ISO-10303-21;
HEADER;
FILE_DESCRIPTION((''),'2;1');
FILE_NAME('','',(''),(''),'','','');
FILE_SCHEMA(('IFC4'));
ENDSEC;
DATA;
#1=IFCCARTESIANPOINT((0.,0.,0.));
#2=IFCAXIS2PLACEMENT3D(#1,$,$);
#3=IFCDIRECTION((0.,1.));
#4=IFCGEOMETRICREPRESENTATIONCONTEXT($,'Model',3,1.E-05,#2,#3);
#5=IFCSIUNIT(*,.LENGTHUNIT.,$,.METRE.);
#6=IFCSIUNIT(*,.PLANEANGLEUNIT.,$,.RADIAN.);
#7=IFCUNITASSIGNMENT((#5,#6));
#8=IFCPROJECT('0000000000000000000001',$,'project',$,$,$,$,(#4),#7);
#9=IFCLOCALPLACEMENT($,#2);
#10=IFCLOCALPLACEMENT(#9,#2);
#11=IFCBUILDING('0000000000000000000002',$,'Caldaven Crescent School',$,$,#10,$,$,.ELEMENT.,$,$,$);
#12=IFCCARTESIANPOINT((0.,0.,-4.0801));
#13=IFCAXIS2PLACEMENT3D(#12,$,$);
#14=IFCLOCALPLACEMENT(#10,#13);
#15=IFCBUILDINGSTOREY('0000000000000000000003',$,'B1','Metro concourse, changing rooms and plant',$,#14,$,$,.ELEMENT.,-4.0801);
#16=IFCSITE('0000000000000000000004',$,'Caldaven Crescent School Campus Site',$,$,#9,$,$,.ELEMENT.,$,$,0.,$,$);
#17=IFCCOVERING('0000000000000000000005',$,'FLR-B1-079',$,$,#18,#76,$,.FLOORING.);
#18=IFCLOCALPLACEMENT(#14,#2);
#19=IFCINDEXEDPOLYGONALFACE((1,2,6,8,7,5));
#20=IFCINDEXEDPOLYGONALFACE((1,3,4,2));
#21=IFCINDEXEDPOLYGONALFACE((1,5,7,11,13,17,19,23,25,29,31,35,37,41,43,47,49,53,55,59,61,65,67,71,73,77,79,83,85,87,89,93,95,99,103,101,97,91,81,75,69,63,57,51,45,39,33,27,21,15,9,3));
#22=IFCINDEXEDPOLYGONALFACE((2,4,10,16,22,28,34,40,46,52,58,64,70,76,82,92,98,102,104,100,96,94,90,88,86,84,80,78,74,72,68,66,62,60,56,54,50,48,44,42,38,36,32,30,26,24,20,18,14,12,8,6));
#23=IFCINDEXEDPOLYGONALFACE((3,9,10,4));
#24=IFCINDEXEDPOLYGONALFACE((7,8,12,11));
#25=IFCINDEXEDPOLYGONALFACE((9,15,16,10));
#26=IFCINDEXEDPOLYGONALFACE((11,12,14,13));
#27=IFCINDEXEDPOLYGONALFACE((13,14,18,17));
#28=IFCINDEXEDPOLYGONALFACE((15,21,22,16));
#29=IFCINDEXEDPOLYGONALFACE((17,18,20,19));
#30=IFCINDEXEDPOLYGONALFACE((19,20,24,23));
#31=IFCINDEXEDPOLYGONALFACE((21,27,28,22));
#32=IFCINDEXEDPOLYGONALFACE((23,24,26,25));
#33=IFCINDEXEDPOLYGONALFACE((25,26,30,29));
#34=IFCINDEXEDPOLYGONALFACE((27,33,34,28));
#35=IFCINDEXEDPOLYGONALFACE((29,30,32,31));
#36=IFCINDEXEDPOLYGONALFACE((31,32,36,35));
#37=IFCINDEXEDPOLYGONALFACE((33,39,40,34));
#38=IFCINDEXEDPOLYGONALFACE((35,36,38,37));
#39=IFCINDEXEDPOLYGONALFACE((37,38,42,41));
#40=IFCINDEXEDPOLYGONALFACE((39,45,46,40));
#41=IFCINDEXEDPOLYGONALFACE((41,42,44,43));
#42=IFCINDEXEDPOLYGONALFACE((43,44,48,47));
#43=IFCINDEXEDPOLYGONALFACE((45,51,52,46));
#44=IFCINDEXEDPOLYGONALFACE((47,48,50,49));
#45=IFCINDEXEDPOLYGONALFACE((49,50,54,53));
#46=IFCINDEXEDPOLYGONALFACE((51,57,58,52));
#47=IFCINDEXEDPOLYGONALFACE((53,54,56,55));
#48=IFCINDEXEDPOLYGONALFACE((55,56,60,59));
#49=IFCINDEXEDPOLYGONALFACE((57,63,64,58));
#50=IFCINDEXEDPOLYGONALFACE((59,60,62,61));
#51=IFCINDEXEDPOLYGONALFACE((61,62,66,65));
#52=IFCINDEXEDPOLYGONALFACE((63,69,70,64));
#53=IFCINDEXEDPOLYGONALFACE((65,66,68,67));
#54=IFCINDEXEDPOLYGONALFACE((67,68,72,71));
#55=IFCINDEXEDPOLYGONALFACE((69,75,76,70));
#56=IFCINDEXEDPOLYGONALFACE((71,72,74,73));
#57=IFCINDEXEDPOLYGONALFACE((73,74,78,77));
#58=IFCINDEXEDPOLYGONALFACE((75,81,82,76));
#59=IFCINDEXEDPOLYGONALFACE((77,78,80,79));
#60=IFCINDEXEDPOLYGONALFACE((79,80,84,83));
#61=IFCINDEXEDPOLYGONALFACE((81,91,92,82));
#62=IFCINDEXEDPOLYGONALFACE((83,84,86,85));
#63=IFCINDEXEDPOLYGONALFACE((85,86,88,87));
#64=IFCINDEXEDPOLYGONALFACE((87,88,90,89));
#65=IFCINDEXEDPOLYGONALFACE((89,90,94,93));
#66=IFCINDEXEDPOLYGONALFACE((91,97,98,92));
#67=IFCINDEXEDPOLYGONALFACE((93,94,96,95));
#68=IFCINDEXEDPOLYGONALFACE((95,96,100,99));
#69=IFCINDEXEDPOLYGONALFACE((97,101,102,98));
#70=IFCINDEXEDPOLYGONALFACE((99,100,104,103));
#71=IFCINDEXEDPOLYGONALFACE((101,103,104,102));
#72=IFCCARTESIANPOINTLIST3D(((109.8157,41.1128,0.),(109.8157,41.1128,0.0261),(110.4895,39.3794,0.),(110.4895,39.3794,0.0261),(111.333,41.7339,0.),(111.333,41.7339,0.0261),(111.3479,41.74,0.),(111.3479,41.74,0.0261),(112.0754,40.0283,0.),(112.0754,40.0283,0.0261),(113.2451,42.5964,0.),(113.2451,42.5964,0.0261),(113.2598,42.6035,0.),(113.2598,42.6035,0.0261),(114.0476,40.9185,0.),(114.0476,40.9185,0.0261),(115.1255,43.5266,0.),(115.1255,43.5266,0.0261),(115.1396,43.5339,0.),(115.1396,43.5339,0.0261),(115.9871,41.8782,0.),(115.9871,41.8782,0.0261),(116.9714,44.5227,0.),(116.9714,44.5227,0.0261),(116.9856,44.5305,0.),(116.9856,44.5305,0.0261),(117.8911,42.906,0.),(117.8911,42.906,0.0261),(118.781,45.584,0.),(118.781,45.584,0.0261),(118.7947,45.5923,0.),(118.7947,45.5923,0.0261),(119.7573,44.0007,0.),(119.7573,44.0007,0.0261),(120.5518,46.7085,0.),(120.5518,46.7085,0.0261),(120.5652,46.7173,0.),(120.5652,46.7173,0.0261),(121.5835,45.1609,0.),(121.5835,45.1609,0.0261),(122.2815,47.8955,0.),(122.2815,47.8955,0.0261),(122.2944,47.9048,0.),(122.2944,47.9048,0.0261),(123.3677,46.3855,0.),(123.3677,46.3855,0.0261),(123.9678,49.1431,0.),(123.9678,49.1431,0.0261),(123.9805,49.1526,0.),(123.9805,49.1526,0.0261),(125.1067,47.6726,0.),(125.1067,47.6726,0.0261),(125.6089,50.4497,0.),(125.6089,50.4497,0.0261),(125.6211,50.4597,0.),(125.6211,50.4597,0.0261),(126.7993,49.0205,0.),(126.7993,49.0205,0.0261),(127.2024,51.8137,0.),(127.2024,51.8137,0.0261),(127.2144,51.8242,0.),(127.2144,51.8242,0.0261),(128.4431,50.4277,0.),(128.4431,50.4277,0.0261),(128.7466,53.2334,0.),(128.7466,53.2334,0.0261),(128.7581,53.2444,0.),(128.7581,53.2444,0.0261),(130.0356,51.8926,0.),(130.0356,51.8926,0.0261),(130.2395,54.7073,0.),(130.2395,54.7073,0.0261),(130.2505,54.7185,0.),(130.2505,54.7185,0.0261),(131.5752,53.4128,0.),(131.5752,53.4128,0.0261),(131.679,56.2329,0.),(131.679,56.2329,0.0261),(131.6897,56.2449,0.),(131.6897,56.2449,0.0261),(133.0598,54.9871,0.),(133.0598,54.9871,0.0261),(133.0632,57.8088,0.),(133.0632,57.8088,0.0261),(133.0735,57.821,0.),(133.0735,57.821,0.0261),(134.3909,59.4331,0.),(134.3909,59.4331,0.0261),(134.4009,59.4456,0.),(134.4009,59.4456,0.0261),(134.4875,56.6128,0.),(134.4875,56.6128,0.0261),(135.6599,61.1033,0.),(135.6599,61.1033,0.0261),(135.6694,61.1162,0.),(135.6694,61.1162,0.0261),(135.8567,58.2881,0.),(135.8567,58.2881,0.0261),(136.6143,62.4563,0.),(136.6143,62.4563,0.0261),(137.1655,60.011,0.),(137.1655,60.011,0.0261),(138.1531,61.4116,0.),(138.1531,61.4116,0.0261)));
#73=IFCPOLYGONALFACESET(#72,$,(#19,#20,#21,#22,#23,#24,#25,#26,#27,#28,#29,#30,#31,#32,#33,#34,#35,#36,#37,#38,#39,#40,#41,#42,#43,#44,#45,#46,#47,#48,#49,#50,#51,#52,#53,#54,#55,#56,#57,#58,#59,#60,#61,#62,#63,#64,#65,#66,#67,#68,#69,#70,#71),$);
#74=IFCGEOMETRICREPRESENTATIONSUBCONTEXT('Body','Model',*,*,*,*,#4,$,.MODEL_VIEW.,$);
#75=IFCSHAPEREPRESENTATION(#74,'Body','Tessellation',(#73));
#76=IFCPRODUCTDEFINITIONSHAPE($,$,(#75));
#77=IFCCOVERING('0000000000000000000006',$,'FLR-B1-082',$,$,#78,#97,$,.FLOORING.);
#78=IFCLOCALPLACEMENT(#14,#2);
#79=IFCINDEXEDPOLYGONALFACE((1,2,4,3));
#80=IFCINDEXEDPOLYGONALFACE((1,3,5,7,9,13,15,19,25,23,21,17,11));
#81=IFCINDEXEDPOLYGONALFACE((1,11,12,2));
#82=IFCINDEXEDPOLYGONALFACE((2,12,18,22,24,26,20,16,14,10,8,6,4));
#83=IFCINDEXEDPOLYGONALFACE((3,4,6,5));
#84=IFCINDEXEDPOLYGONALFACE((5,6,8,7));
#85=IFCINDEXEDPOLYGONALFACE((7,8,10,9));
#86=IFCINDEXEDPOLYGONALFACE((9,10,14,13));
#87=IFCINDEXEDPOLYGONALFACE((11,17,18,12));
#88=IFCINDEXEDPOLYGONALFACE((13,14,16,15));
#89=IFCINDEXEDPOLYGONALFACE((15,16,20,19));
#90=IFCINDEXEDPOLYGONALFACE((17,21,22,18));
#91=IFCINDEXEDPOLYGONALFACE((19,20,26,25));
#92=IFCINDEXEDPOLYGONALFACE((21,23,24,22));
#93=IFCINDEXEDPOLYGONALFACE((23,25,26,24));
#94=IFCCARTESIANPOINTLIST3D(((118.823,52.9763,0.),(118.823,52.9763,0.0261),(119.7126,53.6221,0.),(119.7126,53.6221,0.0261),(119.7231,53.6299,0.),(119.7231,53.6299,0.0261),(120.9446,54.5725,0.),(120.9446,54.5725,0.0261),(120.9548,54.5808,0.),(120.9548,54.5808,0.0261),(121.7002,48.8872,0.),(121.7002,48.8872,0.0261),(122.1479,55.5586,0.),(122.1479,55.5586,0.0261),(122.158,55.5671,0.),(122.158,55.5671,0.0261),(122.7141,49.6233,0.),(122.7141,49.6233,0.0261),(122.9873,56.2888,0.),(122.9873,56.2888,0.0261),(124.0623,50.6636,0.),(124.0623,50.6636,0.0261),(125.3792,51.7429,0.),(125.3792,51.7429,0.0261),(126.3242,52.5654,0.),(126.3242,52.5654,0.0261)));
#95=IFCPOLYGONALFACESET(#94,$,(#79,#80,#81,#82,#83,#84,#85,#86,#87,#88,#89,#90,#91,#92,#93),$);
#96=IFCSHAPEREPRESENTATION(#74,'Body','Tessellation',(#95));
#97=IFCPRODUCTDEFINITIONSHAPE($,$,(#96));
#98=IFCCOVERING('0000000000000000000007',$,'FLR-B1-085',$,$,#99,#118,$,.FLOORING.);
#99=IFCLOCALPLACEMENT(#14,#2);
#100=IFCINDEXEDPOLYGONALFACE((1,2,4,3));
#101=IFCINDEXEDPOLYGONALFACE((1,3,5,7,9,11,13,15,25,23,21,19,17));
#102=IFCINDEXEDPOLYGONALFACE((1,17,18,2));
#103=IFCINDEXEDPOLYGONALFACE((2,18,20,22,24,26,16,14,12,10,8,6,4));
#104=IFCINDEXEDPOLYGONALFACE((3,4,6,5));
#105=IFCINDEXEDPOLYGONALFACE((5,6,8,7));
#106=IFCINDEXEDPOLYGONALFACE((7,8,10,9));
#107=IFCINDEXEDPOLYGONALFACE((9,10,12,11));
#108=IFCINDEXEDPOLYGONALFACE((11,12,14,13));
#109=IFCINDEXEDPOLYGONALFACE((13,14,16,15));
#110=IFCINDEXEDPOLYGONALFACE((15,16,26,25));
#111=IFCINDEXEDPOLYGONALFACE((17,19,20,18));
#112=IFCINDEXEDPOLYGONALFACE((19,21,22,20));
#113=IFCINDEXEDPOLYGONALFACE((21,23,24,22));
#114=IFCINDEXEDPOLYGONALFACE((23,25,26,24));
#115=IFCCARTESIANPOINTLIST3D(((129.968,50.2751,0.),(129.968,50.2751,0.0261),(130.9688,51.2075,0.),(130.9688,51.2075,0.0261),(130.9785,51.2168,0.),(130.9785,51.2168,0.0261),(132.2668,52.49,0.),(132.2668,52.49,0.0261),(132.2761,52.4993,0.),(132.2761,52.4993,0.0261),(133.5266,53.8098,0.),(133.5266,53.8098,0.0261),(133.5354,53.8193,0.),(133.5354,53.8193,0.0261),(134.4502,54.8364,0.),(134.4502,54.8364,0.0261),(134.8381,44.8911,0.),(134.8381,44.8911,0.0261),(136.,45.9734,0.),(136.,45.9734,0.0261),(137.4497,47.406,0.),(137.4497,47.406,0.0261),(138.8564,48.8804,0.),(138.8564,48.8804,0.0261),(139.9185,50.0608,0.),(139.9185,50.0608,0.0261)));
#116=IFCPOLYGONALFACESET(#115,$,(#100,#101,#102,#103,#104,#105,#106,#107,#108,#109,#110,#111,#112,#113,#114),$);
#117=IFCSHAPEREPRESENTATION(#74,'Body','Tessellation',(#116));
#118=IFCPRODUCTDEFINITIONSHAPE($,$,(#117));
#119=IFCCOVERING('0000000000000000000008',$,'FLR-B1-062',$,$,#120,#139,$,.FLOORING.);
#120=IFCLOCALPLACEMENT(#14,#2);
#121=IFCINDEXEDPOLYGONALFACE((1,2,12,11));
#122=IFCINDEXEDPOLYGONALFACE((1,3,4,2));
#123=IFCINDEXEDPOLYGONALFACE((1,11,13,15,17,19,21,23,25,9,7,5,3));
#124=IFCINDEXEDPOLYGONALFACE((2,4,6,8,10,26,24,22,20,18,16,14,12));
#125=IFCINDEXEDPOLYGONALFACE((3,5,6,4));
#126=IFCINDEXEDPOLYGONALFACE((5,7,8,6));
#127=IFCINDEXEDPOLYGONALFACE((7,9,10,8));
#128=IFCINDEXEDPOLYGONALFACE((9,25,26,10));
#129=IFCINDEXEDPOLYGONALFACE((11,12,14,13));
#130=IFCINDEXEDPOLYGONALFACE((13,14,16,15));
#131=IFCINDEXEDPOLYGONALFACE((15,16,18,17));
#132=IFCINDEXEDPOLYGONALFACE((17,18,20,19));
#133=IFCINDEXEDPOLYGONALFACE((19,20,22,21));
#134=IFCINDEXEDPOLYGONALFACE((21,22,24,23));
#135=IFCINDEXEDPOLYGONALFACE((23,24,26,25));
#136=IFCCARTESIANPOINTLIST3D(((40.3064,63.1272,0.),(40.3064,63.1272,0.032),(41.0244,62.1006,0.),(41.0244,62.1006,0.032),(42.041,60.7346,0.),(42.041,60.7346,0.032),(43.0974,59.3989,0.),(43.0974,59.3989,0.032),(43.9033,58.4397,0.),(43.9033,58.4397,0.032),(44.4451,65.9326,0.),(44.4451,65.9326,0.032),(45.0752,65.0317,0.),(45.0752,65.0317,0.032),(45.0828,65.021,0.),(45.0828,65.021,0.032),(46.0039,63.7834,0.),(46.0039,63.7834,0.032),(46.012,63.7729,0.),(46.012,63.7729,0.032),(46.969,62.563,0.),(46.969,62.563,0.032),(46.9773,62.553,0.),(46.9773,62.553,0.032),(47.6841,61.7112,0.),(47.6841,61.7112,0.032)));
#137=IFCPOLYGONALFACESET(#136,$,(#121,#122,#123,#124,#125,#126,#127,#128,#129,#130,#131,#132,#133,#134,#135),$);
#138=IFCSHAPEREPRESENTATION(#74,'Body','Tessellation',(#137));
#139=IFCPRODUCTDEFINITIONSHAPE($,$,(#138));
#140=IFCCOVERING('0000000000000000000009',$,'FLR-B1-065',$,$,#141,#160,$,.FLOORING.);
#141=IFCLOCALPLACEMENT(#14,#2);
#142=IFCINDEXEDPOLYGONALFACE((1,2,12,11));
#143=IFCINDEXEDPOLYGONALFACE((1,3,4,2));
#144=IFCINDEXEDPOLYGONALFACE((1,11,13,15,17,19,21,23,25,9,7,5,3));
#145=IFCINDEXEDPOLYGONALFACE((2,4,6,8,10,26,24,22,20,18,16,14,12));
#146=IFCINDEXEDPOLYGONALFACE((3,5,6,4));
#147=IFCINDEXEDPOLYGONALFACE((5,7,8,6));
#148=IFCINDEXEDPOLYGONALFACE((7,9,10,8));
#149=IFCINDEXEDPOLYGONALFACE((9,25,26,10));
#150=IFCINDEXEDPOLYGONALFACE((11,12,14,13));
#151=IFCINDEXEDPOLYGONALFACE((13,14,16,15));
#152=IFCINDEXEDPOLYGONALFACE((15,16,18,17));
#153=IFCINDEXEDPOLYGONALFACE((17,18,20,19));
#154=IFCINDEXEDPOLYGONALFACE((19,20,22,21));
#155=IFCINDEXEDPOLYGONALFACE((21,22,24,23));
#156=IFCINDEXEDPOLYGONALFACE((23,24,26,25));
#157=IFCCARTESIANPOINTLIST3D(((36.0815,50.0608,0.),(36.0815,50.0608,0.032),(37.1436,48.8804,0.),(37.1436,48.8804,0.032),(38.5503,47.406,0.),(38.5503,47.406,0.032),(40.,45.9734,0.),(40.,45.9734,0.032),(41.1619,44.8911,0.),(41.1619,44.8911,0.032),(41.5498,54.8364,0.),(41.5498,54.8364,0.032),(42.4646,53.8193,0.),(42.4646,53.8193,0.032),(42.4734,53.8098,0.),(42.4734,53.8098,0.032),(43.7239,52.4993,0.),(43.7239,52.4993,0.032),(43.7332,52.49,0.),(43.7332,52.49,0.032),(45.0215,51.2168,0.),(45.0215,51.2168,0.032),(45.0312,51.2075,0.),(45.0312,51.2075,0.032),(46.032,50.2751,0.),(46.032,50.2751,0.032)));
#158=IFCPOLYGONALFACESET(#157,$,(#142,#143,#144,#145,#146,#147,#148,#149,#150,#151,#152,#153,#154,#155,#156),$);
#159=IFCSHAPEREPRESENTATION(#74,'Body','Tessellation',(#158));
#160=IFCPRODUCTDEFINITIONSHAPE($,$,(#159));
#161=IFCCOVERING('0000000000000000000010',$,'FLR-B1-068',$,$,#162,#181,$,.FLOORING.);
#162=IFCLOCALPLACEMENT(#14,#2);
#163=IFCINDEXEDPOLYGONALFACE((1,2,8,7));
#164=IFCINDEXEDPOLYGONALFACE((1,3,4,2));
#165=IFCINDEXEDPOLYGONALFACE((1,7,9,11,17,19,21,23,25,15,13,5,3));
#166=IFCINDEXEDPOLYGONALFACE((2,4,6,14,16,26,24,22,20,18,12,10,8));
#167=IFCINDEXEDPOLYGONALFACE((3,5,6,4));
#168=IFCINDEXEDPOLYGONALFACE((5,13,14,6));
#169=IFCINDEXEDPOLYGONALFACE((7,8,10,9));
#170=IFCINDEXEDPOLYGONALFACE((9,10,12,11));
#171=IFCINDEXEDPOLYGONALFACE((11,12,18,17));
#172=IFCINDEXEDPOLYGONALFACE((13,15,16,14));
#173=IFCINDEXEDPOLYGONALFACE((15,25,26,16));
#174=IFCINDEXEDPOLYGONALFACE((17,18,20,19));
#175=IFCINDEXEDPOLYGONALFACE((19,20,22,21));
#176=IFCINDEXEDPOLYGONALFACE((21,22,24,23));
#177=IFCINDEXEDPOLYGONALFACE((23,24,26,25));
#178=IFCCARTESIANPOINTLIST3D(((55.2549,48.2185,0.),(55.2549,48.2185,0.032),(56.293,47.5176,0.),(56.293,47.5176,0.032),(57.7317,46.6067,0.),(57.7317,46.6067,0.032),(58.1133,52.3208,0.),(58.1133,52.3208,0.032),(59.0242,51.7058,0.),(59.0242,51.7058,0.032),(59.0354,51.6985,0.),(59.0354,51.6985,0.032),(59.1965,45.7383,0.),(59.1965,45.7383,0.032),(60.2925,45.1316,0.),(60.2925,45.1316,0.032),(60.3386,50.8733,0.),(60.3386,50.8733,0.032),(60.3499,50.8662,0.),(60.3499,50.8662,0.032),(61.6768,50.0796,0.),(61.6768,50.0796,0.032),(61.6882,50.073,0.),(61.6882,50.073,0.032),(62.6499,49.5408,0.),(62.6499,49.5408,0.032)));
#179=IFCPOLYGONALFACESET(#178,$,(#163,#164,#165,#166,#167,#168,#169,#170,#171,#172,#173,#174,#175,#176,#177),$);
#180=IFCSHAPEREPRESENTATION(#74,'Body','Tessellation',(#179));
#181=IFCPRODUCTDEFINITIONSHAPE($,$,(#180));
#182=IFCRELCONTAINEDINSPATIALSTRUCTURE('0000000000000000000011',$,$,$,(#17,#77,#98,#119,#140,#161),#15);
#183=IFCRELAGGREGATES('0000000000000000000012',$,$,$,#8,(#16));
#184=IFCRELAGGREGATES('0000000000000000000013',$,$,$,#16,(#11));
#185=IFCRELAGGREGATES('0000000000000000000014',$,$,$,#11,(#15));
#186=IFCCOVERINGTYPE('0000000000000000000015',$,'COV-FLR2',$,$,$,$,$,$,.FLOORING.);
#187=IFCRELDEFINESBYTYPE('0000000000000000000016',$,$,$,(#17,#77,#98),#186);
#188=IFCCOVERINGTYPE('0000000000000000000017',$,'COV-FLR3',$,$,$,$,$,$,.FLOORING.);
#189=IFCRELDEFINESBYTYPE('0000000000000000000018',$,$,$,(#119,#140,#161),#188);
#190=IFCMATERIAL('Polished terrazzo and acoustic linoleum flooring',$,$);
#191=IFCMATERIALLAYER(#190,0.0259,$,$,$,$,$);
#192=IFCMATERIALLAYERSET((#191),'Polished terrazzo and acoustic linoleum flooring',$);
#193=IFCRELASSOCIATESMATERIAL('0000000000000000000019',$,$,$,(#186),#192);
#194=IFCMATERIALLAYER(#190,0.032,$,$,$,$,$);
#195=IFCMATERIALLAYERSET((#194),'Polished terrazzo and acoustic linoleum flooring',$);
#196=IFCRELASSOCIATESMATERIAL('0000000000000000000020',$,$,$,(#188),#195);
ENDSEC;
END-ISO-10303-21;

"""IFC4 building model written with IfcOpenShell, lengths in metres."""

from ifc_helpers import new_model, si_unit, direction, frame, origin, place, context, subcontext, project, spatial, polyline, outline, extrude, material, layer, layer_set, type_object, element, save


model = new_model("IFC4")

# Units and contexts
model_context = context("Model", 3, precision=1e-05, world=origin(), true_north=direction((0.0, 1.0)))
body_context = subcontext(model_context, "Body", "Model", "MODEL_VIEW")
ifc_project = project(units=[si_unit("LENGTHUNIT", "METRE"), si_unit("PLANEANGLEUNIT", "RADIAN")], contexts=[model_context])

# Site, building, storey
site_placement = place(None, origin())
site = spatial("IfcSite", under=ifc_project, at=site_placement, Name="Caldaven Crescent School Campus Site", CompositionType="ELEMENT", RefElevation=0.0)
building_placement = place(site_placement, origin())
building = spatial("IfcBuilding", under=site, at=building_placement, Name="Caldaven Crescent School", CompositionType="ELEMENT")
storey_placement = place(building_placement, frame((0.0, 0.0, -4.0801)))
storey = spatial("IfcBuildingStorey", under=building, at=storey_placement, Name="B1", Description="Metro concourse, changing rooms and plant", CompositionType="ELEMENT", Elevation=-4.0801)

# Coverings
ifc_material = material(Name="Polished terrazzo and acoustic linoleum flooring")
ifc_layer_1 = layer(ifc_material, 0.0259)
ifc_layer_set_1 = layer_set([ifc_layer_1], Name="Polished terrazzo and acoustic linoleum flooring")
covering_type_1 = type_object("IfcCoveringType", Name="COV-FLR2", PredefinedType="FLOORING", material=ifc_layer_set_1)
covering_1_placement = place(storey_placement, origin())
element("IfcCovering", 1, at=covering_1_placement, inside=storey, type_object=covering_type_1, Name="FLR-B1-079", PredefinedType="FLOORING", context=body_context, shape_type="SweptSolid", body=[
    extrude(outline(polyline([(109.8157, 41.1128), (111.333, 41.7339), (111.3479, 41.74), (113.2451, 42.5964), (113.2598, 42.6035), (115.1255, 43.5266), (115.1396, 43.5339), (116.9714, 44.5227), (116.9856, 44.5305), (118.781, 45.584), (118.7947, 45.5923), (120.5518, 46.7085), (120.5652, 46.7173), (122.2815, 47.8955), (122.2944, 47.9048), (123.9678, 49.1431), (123.9805, 49.1526), (125.6089, 50.4497), (125.6211, 50.4597), (127.2024, 51.8137), (127.2144, 51.8242), (128.7466, 53.2334), (128.7581, 53.2444), (130.2395, 54.7073), (130.2505, 54.7185), (131.679, 56.2329), (131.6897, 56.2449), (133.0632, 57.8088), (133.0735, 57.821), (134.3909, 59.4331), (134.4009, 59.4456), (135.6599, 61.1033), (135.6694, 61.1162), (136.6143, 62.4563), (138.1531, 61.4116), (137.1655, 60.011), (135.8567, 58.2881), (134.4875, 56.6128), (133.0598, 54.9871), (131.5752, 53.4128), (130.0356, 51.8926), (128.4431, 50.4277), (126.7993, 49.0205), (125.1067, 47.6726), (123.3677, 46.3855), (121.5835, 45.1609), (119.7573, 44.0007), (117.8911, 42.906), (115.9871, 41.8782), (114.0476, 40.9185), (112.0754, 40.0283), (110.4895, 39.3794), (109.8157, 41.1128)])), origin(), (0.0, 0.0, 1.0), 0.0261),
])
covering_2_placement = place(storey_placement, origin())
element("IfcCovering", 2, at=covering_2_placement, inside=storey, type_object=covering_type_1, Name="FLR-B1-082", PredefinedType="FLOORING", context=body_context, shape_type="SweptSolid", body=[
    extrude(outline(polyline([(118.823, 52.9763), (119.7126, 53.6221), (119.7231, 53.6299), (120.9446, 54.5725), (120.9548, 54.5808), (122.1479, 55.5586), (122.158, 55.5671), (122.9873, 56.2888), (126.3242, 52.5654), (125.3792, 51.7429), (124.0623, 50.6636), (122.7141, 49.6233), (121.7002, 48.8872), (118.823, 52.9763)])), origin(), (0.0, 0.0, 1.0), 0.0261),
])
covering_3_placement = place(storey_placement, origin())
element("IfcCovering", 3, at=covering_3_placement, inside=storey, type_object=covering_type_1, Name="FLR-B1-085", PredefinedType="FLOORING", context=body_context, shape_type="SweptSolid", body=[
    extrude(outline(polyline([(129.968, 50.2751), (130.9688, 51.2075), (130.9785, 51.2168), (132.2668, 52.49), (132.2761, 52.4993), (133.5266, 53.8098), (133.5354, 53.8193), (134.4502, 54.8364), (139.9185, 50.0608), (138.8564, 48.8804), (137.4497, 47.406), (136.0, 45.9734), (134.8381, 44.8911), (129.968, 50.2751)])), origin(), (0.0, 0.0, 1.0), 0.0261),
])
ifc_layer_2 = layer(ifc_material, 0.032)
ifc_layer_set_2 = layer_set([ifc_layer_2], Name="Polished terrazzo and acoustic linoleum flooring")
covering_type_2 = type_object("IfcCoveringType", Name="COV-FLR3", PredefinedType="FLOORING", material=ifc_layer_set_2)
covering_4_placement = place(storey_placement, origin())
element("IfcCovering", 4, at=covering_4_placement, inside=storey, type_object=covering_type_2, Name="FLR-B1-062", PredefinedType="FLOORING", context=body_context, shape_type="SweptSolid", body=[
    extrude(outline(polyline([(44.4451, 65.9326), (45.0752, 65.0317), (45.0828, 65.021), (46.0039, 63.7834), (46.012, 63.7729), (46.969, 62.563), (46.9773, 62.553), (47.6841, 61.7112), (43.9033, 58.4397), (43.0974, 59.3989), (42.041, 60.7346), (41.0244, 62.1006), (40.3064, 63.1272), (44.4451, 65.9326)])), origin(), (0.0, 0.0, 1.0), 0.032),
])
covering_5_placement = place(storey_placement, origin())
element("IfcCovering", 5, at=covering_5_placement, inside=storey, type_object=covering_type_2, Name="FLR-B1-065", PredefinedType="FLOORING", context=body_context, shape_type="SweptSolid", body=[
    extrude(outline(polyline([(41.5498, 54.8364), (42.4646, 53.8193), (42.4734, 53.8098), (43.7239, 52.4993), (43.7332, 52.49), (45.0215, 51.2168), (45.0312, 51.2075), (46.032, 50.2751), (41.1619, 44.8911), (40.0, 45.9734), (38.5503, 47.406), (37.1436, 48.8804), (36.0815, 50.0608), (41.5498, 54.8364)])), origin(), (0.0, 0.0, 1.0), 0.032),
])
covering_6_placement = place(storey_placement, origin())
element("IfcCovering", 6, at=covering_6_placement, inside=storey, type_object=covering_type_2, Name="FLR-B1-068", PredefinedType="FLOORING", context=body_context, shape_type="SweptSolid", body=[
    extrude(outline(polyline([(58.1133, 52.3208), (59.0242, 51.7058), (59.0354, 51.6985), (60.3386, 50.8733), (60.3499, 50.8662), (61.6768, 50.0796), (61.6882, 50.073), (62.6499, 49.5408), (60.2925, 45.1316), (59.1965, 45.7383), (57.7317, 46.6067), (56.293, 47.5176), (55.2549, 48.2185), (58.1133, 52.3208)])), origin(), (0.0, 0.0, 1.0), 0.032),
])

save(model, "model.ifc")
